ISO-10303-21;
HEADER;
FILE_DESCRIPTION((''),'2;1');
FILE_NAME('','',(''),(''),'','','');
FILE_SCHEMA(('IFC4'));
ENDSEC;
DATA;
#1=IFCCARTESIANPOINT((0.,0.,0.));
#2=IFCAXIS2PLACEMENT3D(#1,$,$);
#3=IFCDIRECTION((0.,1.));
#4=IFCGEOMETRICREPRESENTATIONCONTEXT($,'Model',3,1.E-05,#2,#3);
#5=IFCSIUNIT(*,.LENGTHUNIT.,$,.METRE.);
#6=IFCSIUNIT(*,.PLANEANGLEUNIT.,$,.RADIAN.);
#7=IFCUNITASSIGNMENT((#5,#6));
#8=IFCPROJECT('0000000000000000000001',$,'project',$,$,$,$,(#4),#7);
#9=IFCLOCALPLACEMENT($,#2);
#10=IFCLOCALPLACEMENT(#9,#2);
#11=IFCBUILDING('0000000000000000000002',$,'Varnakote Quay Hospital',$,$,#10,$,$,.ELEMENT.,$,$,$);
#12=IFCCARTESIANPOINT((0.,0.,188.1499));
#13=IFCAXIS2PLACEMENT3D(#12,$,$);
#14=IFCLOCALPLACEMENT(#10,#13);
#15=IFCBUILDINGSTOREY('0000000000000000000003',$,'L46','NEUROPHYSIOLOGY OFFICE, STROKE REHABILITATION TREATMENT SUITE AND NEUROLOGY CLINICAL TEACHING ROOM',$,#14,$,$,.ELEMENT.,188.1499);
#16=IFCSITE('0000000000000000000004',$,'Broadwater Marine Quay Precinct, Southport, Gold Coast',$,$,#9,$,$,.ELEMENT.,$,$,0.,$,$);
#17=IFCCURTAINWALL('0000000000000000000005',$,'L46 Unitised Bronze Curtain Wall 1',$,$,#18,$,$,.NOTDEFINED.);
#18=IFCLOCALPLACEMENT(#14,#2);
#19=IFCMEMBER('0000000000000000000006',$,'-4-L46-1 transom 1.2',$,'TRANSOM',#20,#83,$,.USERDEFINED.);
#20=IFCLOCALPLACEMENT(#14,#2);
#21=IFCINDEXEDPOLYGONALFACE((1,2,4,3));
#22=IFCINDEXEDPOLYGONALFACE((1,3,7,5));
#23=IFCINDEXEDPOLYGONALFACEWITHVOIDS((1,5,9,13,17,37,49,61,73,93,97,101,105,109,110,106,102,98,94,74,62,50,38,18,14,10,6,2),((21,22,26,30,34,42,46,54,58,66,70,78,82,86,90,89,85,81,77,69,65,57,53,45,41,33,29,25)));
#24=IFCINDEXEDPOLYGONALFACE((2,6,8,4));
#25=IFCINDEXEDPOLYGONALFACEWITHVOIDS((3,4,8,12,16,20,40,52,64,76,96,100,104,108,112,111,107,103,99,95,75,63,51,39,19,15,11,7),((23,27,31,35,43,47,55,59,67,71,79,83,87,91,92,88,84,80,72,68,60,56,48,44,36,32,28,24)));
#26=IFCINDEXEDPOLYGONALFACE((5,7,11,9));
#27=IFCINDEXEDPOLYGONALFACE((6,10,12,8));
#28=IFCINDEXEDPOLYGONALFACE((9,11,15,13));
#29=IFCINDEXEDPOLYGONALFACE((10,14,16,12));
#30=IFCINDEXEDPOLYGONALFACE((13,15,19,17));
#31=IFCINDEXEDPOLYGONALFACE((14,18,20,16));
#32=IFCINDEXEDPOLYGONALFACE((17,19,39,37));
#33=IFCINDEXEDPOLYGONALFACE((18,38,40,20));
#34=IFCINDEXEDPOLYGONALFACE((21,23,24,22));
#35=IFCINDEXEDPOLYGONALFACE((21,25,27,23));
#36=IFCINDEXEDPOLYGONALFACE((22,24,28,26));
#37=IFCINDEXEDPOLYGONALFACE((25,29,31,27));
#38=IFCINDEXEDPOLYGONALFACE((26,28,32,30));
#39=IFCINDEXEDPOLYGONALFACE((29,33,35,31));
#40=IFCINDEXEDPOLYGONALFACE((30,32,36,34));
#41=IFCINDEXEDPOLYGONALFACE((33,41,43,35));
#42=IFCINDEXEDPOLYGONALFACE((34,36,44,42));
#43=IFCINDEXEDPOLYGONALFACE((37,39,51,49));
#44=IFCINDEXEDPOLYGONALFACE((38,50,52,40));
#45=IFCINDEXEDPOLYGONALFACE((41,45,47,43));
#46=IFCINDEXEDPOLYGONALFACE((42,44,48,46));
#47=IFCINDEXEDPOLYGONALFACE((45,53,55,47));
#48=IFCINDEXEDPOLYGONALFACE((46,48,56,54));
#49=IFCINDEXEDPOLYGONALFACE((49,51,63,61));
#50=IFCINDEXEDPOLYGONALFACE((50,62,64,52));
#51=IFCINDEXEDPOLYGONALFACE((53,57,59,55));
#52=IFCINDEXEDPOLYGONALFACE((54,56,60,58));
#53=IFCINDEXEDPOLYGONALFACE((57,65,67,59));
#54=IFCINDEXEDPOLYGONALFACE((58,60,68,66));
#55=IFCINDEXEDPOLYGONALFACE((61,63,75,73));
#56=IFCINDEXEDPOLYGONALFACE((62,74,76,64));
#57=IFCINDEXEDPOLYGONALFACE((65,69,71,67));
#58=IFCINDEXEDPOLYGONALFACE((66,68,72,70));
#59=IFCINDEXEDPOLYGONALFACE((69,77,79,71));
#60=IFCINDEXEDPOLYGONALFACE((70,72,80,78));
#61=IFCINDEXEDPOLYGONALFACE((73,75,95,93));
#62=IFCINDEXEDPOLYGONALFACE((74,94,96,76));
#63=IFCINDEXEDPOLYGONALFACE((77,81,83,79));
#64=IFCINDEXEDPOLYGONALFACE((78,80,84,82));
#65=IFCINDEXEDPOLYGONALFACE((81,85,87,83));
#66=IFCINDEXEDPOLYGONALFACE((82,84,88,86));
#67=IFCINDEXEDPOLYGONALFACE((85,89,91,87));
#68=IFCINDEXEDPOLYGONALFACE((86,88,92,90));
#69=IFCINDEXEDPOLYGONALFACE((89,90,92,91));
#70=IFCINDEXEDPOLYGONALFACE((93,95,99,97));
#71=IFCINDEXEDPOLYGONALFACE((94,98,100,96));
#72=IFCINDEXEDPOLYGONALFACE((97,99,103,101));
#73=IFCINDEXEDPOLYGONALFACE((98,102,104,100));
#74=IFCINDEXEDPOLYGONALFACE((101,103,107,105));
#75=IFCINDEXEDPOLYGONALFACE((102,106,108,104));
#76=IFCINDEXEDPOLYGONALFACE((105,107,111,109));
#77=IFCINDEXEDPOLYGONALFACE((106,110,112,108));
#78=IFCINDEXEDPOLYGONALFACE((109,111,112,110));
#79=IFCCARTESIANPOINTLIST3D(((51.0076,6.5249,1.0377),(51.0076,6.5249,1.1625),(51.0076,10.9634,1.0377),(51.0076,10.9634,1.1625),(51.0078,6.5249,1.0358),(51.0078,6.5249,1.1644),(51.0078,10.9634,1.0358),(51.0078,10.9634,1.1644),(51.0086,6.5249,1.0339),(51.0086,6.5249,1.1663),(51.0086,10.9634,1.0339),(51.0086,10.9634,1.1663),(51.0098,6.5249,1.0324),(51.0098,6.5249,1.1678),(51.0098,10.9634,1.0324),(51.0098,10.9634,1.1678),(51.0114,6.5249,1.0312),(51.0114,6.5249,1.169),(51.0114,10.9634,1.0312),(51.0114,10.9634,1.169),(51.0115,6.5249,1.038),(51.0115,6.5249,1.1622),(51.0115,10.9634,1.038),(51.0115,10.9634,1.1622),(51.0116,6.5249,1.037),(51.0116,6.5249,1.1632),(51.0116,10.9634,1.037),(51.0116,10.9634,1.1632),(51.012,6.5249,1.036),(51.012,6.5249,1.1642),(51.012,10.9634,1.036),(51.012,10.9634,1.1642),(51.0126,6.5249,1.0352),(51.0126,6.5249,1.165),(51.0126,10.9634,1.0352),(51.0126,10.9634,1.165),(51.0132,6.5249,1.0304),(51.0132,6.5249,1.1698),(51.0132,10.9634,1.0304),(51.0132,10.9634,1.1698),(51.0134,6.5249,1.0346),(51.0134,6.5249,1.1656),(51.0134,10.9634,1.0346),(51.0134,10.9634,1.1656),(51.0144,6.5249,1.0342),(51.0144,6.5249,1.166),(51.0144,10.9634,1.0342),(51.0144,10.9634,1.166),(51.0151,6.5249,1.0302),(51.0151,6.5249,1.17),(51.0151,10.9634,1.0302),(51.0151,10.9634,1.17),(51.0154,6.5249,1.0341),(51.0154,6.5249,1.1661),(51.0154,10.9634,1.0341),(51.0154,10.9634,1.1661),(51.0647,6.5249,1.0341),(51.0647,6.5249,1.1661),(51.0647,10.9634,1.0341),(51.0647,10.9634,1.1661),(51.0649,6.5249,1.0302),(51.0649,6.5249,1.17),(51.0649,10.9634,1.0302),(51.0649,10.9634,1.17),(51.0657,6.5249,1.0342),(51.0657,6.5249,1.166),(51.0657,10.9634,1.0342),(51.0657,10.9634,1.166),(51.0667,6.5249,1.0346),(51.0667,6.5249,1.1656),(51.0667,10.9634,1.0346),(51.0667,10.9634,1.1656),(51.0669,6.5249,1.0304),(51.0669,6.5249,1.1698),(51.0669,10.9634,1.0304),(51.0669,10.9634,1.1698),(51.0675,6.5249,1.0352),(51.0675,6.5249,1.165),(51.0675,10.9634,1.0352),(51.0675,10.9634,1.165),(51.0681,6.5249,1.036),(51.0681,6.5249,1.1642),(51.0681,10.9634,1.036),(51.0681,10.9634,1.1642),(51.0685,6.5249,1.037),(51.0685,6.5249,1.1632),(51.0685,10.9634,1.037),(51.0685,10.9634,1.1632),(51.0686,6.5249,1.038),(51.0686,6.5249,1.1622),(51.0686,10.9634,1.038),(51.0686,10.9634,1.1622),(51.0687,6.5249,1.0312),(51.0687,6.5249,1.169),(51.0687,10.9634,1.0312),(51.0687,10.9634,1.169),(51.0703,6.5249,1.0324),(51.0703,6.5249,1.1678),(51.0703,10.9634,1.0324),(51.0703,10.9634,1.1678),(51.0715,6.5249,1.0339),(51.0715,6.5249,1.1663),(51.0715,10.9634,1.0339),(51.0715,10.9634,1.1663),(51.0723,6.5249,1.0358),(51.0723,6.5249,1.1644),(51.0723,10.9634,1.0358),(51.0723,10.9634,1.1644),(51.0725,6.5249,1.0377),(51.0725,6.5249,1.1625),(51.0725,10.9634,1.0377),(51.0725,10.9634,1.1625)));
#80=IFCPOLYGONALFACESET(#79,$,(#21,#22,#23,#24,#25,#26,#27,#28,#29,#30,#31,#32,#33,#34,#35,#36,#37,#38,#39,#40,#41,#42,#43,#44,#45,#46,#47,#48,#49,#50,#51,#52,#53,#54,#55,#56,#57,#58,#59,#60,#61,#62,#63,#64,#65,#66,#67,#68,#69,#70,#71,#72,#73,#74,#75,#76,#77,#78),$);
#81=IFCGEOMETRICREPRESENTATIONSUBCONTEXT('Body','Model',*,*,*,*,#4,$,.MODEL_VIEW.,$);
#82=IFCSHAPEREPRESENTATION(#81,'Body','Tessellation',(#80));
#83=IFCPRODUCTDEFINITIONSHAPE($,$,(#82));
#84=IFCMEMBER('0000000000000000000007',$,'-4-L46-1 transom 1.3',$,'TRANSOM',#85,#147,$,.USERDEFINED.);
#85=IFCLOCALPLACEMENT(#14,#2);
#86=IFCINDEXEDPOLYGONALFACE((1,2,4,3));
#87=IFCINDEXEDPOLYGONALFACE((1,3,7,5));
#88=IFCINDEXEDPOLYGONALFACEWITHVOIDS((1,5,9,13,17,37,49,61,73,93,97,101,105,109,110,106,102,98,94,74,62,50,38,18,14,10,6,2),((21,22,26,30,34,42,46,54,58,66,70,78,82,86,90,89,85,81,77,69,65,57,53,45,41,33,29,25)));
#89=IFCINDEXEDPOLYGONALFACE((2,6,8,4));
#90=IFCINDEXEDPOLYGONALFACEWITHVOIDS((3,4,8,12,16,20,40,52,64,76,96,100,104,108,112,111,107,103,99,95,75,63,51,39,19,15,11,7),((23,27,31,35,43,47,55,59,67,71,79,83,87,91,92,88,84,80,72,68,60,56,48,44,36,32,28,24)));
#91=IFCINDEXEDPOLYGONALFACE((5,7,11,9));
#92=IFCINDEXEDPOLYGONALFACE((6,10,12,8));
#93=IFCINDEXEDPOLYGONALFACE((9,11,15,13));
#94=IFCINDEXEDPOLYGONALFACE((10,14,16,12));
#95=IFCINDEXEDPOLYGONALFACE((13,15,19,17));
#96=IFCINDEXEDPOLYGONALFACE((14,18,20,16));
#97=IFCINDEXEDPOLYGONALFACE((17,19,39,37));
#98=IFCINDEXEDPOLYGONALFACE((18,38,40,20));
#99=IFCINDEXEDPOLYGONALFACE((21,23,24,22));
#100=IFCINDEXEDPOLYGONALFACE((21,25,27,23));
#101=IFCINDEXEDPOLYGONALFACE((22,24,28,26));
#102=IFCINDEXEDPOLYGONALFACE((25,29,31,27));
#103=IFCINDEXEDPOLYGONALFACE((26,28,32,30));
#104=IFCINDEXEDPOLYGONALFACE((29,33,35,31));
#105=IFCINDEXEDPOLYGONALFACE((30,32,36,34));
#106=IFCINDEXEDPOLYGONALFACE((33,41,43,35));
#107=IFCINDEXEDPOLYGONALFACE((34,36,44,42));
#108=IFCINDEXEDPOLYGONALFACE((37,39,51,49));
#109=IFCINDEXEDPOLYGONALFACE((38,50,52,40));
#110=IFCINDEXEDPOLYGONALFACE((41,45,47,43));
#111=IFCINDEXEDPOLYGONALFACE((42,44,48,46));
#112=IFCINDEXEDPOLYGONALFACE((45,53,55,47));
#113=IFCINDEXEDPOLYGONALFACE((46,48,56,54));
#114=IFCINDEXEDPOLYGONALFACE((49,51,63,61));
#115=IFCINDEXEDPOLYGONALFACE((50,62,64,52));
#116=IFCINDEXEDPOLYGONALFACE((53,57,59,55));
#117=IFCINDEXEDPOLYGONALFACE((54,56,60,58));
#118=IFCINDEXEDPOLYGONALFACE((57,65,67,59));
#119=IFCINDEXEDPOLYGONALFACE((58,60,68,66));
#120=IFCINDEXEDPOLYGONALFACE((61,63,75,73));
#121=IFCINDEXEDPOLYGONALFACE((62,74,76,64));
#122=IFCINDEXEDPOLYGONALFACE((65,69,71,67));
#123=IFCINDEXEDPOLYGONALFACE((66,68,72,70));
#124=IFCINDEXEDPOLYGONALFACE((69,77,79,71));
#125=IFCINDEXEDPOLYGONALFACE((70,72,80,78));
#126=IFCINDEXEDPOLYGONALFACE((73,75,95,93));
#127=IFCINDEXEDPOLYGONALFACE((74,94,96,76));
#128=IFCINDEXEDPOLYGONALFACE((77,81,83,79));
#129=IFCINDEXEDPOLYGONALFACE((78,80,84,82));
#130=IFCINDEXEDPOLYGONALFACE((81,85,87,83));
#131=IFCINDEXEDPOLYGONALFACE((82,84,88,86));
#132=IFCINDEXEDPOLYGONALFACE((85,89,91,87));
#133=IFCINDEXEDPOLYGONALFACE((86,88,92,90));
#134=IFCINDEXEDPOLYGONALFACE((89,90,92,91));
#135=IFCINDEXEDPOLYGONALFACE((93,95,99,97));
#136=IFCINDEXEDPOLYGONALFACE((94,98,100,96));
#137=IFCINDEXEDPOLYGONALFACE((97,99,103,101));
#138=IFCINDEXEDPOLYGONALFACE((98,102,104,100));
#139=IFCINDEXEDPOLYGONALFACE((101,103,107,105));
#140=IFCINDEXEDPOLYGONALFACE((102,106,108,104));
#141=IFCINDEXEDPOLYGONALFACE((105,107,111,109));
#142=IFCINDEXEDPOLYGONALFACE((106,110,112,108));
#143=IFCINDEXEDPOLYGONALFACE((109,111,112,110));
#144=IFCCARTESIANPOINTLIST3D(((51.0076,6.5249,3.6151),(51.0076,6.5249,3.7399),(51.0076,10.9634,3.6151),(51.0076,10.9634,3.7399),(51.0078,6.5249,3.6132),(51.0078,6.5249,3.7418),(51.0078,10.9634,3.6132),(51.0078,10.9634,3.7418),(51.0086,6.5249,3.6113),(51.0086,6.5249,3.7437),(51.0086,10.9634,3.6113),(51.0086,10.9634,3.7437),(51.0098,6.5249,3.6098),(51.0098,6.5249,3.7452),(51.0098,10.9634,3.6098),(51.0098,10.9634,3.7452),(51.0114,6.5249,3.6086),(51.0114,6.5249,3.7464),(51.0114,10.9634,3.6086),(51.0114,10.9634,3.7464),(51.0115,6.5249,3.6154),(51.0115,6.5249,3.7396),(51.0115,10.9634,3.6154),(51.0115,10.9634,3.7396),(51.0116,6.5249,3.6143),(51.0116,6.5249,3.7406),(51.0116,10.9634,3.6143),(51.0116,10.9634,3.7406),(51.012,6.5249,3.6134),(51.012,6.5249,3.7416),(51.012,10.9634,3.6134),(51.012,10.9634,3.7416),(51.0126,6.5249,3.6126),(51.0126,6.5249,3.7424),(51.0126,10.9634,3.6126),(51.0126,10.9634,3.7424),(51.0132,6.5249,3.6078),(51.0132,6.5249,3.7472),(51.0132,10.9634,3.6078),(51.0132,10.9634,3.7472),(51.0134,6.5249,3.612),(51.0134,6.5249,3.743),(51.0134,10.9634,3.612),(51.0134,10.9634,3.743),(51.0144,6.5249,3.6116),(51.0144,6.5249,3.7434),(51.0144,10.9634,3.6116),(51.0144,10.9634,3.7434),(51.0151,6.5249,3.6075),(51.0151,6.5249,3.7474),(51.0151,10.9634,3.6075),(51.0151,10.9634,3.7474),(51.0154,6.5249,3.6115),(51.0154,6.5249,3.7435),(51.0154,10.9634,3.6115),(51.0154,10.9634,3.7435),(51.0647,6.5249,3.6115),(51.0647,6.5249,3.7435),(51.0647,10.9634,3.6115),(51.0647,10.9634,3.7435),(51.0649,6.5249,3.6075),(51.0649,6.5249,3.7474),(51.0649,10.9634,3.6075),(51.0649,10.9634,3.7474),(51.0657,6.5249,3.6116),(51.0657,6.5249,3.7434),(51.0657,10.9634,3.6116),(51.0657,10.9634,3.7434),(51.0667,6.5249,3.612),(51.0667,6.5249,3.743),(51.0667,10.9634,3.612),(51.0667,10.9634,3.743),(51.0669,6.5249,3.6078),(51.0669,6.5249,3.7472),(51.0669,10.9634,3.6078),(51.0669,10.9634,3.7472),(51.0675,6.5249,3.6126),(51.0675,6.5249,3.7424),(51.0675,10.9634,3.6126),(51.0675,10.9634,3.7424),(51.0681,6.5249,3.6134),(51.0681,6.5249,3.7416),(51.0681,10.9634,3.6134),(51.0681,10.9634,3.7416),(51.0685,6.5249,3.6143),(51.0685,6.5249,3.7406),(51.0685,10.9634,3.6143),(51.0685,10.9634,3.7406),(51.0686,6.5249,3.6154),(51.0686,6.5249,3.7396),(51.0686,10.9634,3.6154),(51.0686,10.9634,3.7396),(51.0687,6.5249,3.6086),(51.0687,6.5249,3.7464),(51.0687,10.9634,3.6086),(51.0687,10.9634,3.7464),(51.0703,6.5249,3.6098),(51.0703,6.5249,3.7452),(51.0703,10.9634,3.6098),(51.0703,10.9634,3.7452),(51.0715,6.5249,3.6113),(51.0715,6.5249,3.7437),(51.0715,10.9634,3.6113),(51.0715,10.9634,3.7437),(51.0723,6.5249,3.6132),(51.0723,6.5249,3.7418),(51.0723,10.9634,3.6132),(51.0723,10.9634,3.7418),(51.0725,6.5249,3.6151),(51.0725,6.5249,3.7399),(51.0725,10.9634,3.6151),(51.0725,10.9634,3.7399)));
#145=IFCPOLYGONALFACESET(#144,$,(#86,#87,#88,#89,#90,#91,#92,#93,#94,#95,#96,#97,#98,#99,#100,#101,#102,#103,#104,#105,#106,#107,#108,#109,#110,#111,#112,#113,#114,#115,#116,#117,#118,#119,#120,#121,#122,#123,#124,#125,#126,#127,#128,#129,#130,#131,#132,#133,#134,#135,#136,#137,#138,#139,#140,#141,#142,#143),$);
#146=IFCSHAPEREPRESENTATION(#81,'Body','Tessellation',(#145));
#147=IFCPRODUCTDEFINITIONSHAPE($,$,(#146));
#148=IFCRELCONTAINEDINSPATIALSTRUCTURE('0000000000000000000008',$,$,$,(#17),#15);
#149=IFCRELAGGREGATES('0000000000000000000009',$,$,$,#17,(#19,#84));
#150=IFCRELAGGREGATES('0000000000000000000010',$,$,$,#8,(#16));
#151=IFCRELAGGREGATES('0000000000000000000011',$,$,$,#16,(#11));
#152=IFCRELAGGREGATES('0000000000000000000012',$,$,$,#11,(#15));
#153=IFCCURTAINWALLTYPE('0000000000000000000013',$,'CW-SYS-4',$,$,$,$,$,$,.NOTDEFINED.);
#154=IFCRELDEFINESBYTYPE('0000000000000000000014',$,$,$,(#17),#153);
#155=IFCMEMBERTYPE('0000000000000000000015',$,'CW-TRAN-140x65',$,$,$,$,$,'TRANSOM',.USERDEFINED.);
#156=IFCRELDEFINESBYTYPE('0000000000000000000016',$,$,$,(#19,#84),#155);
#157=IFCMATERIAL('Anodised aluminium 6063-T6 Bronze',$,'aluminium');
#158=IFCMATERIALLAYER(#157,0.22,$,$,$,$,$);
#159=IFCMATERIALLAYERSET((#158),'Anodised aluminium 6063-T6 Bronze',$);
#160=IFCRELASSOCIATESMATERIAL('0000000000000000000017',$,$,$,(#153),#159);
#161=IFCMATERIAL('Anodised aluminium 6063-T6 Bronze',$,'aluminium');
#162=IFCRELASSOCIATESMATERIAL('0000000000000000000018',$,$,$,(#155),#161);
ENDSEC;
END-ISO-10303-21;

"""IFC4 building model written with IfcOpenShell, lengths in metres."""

from ifc_helpers import new_model, si_unit, direction, frame, origin, origin_2d, place, context, subcontext, project, spatial, hollow_rectangle, extrude, material, layer, layer_set, material_profile, profile_set, type_object, element, aggregate, save


model = new_model("IFC4")

# Units and contexts
model_context = context("Model", 3, precision=1e-05, world=origin(), true_north=direction((0.0, 1.0)))
body_context = subcontext(model_context, "Body", "Model", "MODEL_VIEW")
ifc_project = project(units=[si_unit("LENGTHUNIT", "METRE"), si_unit("PLANEANGLEUNIT", "RADIAN")], contexts=[model_context])

# Site, building, storey
site_placement = place(None, origin())
site = spatial("IfcSite", under=ifc_project, at=site_placement, Name="Broadwater Marine Quay Precinct, Southport, Gold Coast", CompositionType="ELEMENT", RefElevation=0.0)
building_placement = place(site_placement, origin())
building = spatial("IfcBuilding", under=site, at=building_placement, Name="Varnakote Quay Hospital", CompositionType="ELEMENT")
storey_placement = place(building_placement, frame((0.0, 0.0, 188.1499)))
storey = spatial("IfcBuildingStorey", under=building, at=storey_placement, Name="L46", Description="NEUROPHYSIOLOGY OFFICE, STROKE REHABILITATION TREATMENT SUITE AND NEUROLOGY CLINICAL TEACHING ROOM", CompositionType="ELEMENT", Elevation=188.1499)

# Curtain wall, members
ifc_material_1 = material(Name="Anodised aluminium 6063-T6 Bronze", Category="aluminium")
ifc_layer_1 = layer(ifc_material_1, 0.22)
ifc_layer_set_1 = layer_set([ifc_layer_1], Name="Anodised aluminium 6063-T6 Bronze")
curtain_wall_type = type_object("IfcCurtainWallType", Name="CW-SYS-4", PredefinedType="NOTDEFINED", material=ifc_layer_set_1)
curtain_wall_placement = place(storey_placement, origin())
curtain_wall = element("IfcCurtainWall", 1, at=curtain_wall_placement, inside=storey, type_object=curtain_wall_type, Name="L46 Unitised Bronze Curtain Wall 1", PredefinedType="NOTDEFINED")
ifc_material_2 = material(Name="Anodised aluminium 6063-T6 Bronze", Category="aluminium")
ifc_material_profile_1 = material_profile(ifc_material_2, hollow_rectangle(XDim=0.0649, YDim=0.1399, WallThickness=0.0039, InnerFilletRadius=0.0039, OuterFilletRadius=0.0076, at=origin_2d()), Name="CW-TRAN-140x65")
ifc_profile_set_1 = profile_set([ifc_material_profile_1], Name="Anodised aluminium 6063-T6 Bronze")
member_type_1 = type_object("IfcMemberType", Name="CW-TRAN-140x65", ElementType="TRANSOM", PredefinedType="USERDEFINED", material=ifc_profile_set_1)
member_1_placement = place(storey_placement, frame((51.04, 6.5249, 1.1001), z_axis=(0.0, 1.0, 0.0), x_axis=(-1.0, 0.0, 0.0)))
member_1 = element("IfcMember", 2, at=member_1_placement, type_object=member_type_1, Name="-4-L46-1 transom 1.2", ObjectType="TRANSOM", PredefinedType="USERDEFINED", context=body_context, shape_type="SweptSolid", body=[
    extrude(hollow_rectangle(XDim=0.0649, YDim=0.1399, WallThickness=0.0039, InnerFilletRadius=0.0039, OuterFilletRadius=0.0076, at=origin_2d()), origin(), (0.0, 0.0, 1.0), 4.4385),
])
member_2_placement = place(storey_placement, frame((51.04, 6.5249, 3.6775), z_axis=(0.0, 1.0, 0.0), x_axis=(-1.0, 0.0, 0.0)))
member_2 = element("IfcMember", 3, at=member_2_placement, type_object=member_type_1, Name="-4-L46-1 transom 1.3", ObjectType="TRANSOM", PredefinedType="USERDEFINED", context=body_context, shape_type="SweptSolid", body=[
    extrude(hollow_rectangle(XDim=0.0649, YDim=0.1399, WallThickness=0.0039, InnerFilletRadius=0.0039, OuterFilletRadius=0.0076, at=origin_2d()), origin(), (0.0, 0.0, 1.0), 4.4385),
])
aggregate(curtain_wall, [member_1, member_2])

save(model, "model.ifc")
